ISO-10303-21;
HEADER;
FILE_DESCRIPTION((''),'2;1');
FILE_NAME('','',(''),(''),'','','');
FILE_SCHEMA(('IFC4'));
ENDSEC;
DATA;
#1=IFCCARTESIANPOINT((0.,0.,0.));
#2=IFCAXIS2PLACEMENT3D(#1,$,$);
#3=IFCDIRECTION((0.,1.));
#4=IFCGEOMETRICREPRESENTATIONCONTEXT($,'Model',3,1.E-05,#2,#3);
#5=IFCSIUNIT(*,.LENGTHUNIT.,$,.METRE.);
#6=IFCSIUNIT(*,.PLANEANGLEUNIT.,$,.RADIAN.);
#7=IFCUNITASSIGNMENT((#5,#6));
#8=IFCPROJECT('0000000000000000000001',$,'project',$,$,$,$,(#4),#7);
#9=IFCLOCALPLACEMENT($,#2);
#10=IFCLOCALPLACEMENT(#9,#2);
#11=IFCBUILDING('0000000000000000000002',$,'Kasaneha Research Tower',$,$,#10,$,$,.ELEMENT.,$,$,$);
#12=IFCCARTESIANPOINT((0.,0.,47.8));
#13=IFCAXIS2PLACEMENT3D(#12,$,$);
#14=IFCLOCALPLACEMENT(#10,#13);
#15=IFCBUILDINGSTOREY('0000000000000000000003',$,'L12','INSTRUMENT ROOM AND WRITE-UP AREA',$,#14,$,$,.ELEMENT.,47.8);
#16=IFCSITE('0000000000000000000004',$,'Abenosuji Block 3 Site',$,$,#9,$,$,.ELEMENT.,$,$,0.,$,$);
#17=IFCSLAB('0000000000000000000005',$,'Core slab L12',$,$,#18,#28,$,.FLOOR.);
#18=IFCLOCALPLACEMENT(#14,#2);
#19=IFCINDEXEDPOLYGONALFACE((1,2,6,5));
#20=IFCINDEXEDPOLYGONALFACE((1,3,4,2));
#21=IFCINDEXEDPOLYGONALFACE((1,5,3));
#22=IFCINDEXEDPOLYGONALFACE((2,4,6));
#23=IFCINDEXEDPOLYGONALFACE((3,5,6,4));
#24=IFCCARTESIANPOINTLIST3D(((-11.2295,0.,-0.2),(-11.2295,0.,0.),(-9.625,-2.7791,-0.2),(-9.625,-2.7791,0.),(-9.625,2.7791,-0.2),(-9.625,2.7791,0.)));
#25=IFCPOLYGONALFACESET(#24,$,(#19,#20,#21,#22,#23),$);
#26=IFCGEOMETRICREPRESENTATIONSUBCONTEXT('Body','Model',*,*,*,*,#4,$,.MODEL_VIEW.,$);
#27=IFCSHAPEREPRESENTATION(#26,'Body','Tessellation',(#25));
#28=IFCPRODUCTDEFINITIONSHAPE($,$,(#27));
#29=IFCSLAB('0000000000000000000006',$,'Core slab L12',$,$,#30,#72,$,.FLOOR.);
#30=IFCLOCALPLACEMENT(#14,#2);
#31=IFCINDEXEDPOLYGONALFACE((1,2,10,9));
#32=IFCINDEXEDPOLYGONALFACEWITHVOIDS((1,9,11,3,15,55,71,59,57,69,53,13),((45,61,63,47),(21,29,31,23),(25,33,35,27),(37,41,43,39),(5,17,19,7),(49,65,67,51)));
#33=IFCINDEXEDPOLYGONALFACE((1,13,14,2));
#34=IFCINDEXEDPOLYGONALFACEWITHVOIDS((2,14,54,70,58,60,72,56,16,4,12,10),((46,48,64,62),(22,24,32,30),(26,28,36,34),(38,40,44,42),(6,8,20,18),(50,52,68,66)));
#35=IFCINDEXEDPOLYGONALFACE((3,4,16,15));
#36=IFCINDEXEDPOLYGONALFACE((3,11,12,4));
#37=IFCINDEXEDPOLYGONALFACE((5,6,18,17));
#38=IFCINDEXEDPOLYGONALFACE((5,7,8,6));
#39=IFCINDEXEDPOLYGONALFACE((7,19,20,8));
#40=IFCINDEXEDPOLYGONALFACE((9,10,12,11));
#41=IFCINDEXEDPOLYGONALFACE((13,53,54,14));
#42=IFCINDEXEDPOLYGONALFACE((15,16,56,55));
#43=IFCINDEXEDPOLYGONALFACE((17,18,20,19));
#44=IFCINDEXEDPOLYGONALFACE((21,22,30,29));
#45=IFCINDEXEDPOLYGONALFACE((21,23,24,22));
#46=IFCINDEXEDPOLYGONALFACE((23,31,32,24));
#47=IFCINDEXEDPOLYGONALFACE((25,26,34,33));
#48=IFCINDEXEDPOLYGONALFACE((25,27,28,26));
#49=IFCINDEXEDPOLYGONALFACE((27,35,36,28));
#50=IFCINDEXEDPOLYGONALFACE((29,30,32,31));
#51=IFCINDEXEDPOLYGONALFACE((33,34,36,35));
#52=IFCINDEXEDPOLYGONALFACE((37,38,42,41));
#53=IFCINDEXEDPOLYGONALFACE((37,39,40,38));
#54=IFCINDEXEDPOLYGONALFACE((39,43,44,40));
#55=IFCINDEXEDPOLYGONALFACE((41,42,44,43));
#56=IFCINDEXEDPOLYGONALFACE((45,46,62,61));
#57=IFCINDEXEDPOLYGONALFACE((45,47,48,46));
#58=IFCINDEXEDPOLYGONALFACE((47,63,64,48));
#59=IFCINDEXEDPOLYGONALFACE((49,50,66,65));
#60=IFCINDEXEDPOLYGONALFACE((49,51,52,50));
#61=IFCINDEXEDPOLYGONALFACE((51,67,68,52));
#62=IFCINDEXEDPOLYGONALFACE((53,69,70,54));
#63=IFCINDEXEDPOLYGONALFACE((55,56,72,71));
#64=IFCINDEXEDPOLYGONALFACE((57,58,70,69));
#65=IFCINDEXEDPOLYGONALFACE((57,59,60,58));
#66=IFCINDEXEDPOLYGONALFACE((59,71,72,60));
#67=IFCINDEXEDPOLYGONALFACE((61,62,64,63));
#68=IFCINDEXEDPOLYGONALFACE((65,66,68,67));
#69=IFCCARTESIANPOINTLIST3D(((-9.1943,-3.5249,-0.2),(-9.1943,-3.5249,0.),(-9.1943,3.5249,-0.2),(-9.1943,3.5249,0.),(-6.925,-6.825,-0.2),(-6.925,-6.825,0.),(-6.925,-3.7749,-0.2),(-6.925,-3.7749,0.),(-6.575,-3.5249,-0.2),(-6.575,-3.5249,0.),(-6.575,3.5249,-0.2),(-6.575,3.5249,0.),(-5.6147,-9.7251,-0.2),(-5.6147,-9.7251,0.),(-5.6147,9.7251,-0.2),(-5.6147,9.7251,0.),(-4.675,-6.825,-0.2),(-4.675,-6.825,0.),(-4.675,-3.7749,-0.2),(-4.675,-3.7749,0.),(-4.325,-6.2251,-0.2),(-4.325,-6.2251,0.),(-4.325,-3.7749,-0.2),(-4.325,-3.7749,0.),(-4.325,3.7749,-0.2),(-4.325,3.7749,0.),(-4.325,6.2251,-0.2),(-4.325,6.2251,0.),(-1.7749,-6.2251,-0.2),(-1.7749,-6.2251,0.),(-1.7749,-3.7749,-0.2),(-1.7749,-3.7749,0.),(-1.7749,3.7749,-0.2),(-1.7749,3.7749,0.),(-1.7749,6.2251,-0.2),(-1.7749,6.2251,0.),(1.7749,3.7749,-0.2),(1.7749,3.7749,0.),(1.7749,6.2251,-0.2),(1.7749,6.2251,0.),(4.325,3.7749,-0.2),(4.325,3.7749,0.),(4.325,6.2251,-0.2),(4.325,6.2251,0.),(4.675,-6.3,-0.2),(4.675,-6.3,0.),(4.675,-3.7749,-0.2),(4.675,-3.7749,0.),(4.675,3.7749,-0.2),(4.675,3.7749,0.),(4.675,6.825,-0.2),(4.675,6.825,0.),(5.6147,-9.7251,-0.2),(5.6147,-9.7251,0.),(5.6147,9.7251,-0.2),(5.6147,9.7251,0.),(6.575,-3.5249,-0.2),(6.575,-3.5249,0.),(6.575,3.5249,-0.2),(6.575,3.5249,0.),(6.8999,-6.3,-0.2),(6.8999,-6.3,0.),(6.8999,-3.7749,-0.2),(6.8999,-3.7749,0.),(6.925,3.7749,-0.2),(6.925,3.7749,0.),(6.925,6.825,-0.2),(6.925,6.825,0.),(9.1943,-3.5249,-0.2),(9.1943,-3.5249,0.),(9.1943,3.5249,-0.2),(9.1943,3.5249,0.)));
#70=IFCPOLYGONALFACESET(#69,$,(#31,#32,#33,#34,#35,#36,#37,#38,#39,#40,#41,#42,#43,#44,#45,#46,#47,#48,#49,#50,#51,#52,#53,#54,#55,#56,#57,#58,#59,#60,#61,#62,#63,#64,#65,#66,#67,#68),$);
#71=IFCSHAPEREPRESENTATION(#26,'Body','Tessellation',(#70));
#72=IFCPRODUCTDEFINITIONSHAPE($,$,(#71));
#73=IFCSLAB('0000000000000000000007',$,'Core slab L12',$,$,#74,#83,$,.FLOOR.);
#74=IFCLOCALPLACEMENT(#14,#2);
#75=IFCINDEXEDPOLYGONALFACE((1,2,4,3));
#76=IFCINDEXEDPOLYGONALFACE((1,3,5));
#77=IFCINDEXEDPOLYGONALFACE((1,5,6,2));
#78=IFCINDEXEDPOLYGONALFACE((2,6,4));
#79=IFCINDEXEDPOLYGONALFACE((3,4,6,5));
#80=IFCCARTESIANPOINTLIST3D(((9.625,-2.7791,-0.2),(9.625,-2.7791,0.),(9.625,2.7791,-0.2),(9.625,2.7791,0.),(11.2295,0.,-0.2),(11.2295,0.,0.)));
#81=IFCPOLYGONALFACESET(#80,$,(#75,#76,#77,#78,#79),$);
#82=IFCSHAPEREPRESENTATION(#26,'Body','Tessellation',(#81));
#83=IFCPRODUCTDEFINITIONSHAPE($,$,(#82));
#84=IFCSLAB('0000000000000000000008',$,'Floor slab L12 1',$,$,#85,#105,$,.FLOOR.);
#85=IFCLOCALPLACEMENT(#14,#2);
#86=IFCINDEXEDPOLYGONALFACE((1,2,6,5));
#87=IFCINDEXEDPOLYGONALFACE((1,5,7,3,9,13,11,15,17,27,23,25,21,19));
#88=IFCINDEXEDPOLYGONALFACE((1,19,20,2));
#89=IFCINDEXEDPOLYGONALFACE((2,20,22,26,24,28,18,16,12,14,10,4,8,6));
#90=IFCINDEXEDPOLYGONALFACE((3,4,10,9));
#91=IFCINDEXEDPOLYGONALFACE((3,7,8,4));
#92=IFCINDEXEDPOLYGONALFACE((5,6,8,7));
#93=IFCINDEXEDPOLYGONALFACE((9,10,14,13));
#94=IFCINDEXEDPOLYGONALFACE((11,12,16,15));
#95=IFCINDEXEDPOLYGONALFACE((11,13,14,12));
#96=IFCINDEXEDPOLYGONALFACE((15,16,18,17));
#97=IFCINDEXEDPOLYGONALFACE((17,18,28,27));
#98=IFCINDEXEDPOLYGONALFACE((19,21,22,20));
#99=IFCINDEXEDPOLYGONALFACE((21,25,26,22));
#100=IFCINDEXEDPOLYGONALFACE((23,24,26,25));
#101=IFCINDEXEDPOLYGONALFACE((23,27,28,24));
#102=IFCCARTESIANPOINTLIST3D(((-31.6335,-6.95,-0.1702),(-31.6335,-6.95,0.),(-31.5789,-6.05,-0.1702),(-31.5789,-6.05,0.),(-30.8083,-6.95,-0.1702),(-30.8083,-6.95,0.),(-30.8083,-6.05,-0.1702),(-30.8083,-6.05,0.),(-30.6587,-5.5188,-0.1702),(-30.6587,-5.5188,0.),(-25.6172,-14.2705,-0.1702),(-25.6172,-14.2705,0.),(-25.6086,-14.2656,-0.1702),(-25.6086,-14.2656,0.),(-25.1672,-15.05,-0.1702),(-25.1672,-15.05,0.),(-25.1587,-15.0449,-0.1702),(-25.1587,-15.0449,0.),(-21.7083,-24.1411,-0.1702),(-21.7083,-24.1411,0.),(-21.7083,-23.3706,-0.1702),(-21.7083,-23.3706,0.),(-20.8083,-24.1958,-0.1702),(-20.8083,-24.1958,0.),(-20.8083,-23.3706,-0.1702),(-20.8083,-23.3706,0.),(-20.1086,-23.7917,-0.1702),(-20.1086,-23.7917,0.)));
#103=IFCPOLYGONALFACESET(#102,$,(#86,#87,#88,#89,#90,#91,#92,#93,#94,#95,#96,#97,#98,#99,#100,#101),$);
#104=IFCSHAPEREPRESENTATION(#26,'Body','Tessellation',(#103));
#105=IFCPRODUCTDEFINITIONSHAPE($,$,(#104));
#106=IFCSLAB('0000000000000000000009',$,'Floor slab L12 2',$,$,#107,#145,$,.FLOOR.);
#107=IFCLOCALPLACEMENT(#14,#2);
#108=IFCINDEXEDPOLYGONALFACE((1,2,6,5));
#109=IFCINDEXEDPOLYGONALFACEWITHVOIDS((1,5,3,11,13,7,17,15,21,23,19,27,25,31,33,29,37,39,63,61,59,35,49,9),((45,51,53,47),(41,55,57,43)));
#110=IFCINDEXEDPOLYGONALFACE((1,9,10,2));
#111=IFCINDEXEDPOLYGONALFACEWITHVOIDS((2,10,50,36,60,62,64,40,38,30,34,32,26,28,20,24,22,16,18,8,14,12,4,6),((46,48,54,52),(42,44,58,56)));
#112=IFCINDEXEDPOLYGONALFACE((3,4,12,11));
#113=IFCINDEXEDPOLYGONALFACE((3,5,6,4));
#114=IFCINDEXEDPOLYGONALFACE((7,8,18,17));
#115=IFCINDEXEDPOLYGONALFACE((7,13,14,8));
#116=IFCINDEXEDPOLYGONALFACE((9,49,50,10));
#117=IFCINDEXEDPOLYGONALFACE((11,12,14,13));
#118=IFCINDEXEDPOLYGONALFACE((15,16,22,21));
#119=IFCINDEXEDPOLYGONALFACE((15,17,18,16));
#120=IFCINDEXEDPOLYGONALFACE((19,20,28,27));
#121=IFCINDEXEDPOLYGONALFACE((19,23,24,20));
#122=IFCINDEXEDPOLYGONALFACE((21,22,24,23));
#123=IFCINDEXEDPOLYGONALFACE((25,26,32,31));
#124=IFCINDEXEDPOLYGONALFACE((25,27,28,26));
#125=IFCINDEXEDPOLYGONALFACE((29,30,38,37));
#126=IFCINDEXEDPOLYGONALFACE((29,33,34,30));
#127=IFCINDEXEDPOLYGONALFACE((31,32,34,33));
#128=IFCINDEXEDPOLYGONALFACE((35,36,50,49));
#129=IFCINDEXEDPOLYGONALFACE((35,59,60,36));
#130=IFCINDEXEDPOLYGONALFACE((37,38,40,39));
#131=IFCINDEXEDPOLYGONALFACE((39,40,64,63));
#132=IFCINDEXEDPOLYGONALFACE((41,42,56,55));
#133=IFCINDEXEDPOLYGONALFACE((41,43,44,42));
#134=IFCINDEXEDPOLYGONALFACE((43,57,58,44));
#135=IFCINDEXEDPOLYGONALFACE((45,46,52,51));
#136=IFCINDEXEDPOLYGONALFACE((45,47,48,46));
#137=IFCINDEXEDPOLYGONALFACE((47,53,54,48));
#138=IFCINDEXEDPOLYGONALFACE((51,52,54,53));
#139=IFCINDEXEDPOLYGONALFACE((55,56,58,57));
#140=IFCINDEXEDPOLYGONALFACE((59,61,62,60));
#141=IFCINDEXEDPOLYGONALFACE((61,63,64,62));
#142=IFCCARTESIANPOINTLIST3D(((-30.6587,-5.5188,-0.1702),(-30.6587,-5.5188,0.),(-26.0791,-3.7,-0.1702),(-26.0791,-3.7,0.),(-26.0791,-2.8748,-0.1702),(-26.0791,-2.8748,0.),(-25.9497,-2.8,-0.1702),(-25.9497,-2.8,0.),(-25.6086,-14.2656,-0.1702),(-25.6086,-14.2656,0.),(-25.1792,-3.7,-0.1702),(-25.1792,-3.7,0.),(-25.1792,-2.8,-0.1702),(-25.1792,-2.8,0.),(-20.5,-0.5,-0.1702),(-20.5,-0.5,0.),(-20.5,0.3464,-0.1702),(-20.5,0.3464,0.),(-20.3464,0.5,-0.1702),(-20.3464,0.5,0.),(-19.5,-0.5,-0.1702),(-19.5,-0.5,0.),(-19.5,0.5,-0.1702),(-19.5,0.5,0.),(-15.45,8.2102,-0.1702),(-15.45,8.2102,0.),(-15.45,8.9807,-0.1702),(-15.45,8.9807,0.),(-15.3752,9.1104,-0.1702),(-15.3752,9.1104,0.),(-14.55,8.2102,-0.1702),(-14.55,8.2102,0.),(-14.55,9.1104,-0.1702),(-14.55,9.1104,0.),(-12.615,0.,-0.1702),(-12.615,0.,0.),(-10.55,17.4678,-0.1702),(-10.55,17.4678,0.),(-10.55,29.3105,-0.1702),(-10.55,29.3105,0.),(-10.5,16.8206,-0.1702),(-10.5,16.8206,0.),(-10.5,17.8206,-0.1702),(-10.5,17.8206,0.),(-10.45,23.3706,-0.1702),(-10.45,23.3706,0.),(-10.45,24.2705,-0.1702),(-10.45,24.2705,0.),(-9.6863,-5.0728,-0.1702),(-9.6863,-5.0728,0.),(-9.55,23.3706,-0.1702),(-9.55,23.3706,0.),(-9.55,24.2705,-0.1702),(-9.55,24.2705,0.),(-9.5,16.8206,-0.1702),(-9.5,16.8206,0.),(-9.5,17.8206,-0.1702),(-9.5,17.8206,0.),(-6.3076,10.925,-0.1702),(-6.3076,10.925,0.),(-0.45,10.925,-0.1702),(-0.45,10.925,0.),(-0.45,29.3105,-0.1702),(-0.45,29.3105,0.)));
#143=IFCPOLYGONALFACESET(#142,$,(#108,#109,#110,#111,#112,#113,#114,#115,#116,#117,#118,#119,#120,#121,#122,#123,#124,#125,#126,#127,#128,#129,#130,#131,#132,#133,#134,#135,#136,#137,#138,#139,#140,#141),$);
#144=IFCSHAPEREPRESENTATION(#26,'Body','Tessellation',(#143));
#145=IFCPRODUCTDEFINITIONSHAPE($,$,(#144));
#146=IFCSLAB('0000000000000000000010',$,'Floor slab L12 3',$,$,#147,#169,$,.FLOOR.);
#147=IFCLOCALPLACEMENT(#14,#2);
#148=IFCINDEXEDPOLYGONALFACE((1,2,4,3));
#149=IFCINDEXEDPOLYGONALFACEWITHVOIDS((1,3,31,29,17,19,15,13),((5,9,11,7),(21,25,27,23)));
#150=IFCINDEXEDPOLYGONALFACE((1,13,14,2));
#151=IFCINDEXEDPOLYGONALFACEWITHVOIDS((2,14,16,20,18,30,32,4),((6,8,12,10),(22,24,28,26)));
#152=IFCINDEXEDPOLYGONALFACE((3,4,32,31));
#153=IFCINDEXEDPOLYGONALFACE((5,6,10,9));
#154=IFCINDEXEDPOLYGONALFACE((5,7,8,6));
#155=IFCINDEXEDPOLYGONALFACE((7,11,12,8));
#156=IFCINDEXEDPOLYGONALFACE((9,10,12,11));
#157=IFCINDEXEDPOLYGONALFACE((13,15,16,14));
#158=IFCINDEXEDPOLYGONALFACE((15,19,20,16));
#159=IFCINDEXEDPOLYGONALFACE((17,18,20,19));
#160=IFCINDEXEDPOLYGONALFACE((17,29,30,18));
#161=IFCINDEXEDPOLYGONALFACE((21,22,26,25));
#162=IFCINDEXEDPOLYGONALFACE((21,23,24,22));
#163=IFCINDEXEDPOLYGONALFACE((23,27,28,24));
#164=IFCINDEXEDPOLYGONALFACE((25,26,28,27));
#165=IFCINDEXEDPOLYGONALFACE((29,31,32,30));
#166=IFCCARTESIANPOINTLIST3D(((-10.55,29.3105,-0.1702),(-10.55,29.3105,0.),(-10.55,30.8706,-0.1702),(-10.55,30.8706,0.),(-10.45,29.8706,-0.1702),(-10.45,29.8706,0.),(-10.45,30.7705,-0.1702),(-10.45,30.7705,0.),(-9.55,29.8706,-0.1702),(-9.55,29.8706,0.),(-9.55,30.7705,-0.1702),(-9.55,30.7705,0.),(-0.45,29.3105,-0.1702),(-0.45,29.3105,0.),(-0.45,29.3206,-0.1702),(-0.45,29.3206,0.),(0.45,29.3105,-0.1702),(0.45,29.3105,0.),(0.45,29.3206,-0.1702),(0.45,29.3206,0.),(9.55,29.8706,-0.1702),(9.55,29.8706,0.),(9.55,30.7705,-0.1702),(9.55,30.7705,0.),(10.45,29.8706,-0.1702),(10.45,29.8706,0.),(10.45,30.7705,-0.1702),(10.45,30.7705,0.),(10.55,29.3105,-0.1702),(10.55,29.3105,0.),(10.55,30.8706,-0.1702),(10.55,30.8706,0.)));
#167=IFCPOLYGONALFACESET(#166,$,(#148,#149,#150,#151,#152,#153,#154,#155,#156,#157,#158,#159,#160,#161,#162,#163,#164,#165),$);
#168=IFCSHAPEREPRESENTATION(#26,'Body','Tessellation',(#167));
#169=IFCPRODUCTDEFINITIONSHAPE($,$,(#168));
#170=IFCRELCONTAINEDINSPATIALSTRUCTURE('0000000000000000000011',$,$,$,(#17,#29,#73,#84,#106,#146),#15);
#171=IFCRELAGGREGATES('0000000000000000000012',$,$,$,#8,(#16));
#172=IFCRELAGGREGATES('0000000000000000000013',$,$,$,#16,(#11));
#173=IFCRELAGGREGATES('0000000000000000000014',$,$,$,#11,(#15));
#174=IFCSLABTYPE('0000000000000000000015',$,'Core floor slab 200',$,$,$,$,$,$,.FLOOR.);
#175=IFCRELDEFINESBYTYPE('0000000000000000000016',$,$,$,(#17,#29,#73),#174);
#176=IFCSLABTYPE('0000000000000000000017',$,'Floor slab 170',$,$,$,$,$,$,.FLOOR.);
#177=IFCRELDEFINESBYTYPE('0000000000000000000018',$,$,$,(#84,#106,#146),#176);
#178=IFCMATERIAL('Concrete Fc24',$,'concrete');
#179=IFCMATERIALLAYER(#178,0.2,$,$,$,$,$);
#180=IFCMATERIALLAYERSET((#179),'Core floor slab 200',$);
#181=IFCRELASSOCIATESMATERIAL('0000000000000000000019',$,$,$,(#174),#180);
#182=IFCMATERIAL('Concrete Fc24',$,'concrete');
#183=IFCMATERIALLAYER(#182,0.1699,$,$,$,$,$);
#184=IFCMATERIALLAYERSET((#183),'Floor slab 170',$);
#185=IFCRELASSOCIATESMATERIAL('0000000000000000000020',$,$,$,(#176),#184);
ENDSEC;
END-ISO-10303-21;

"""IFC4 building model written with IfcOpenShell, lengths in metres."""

from ifc_helpers import new_model, si_unit, direction, frame, origin, place, context, subcontext, project, spatial, polyline, outline, extrude, material, layer, layer_set, type_object, element, save


model = new_model("IFC4")

# Units and contexts
model_context = context("Model", 3, precision=1e-05, world=origin(), true_north=direction((0.0, 1.0)))
body_context = subcontext(model_context, "Body", "Model", "MODEL_VIEW")
ifc_project = project(units=[si_unit("LENGTHUNIT", "METRE"), si_unit("PLANEANGLEUNIT", "RADIAN")], contexts=[model_context])

# Site, building, storey
site_placement = place(None, origin())
site = spatial("IfcSite", under=ifc_project, at=site_placement, Name="Abenosuji Block 3 Site", CompositionType="ELEMENT", RefElevation=0.0)
building_placement = place(site_placement, origin())
building = spatial("IfcBuilding", under=site, at=building_placement, Name="Kasaneha Research Tower", CompositionType="ELEMENT")
storey_placement = place(building_placement, frame((0.0, 0.0, 47.8)))
storey = spatial("IfcBuildingStorey", under=building, at=storey_placement, Name="L12", Description="INSTRUMENT ROOM AND WRITE-UP AREA", CompositionType="ELEMENT", Elevation=47.8)

# Slabs
ifc_material_1 = material(Name="Concrete Fc24", Category="concrete")
ifc_layer_1 = layer(ifc_material_1, 0.2)
ifc_layer_set_1 = layer_set([ifc_layer_1], Name="Core floor slab 200")
slab_type_1 = type_object("IfcSlabType", Name="Core floor slab 200", PredefinedType="FLOOR", material=ifc_layer_set_1)
slab_1_placement = place(storey_placement, frame((0.0, 0.0, -0.2)))
element("IfcSlab", 1, at=slab_1_placement, inside=storey, type_object=slab_type_1, Name="Core slab L12", PredefinedType="FLOOR", context=body_context, shape_type="SweptSolid", body=[
    extrude(outline(polyline([(-11.2295, 0.0), (-9.625, 2.7791), (-9.625, -2.7791), (-11.2295, 0.0)])), origin(), (0.0, 0.0, 1.0), 0.2),
])
slab_2_placement = place(storey_placement, frame((0.0, 0.0, -0.2)))
element("IfcSlab", 2, at=slab_2_placement, inside=storey, type_object=slab_type_1, Name="Core slab L12", PredefinedType="FLOOR", context=body_context, shape_type="SweptSolid", body=[
    extrude(outline(polyline([(-5.6147, 9.7251), (5.6147, 9.7251), (9.1943, 3.5249), (6.575, 3.5249), (6.575, -3.5249), (9.1943, -3.5249), (5.6147, -9.7251), (-5.6147, -9.7251), (-9.1943, -3.5249), (-6.575, -3.5249), (-6.575, 3.5249), (-9.1943, 3.5249), (-5.6147, 9.7251)]), holes=[polyline([(-6.925, -3.7749), (-6.925, -6.825), (-4.675, -6.825), (-4.675, -3.7749), (-6.925, -3.7749)]), polyline([(4.675, -3.7749), (4.675, -6.3), (6.8999, -6.3), (6.8999, -3.7749), (4.675, -3.7749)]), polyline([(-4.325, -3.7749), (-4.325, -6.2251), (-1.7749, -6.2251), (-1.7749, -3.7749), (-4.325, -3.7749)]), polyline([(-4.325, 6.2251), (-4.325, 3.7749), (-1.7749, 3.7749), (-1.7749, 6.2251), (-4.325, 6.2251)]), polyline([(1.7749, 6.2251), (1.7749, 3.7749), (4.325, 3.7749), (4.325, 6.2251), (1.7749, 6.2251)]), polyline([(4.675, 6.825), (4.675, 3.7749), (6.925, 3.7749), (6.925, 6.825), (4.675, 6.825)])]), origin(), (0.0, 0.0, 1.0), 0.2),
])
slab_3_placement = place(storey_placement, frame((0.0, 0.0, -0.2)))
element("IfcSlab", 3, at=slab_3_placement, inside=storey, type_object=slab_type_1, Name="Core slab L12", PredefinedType="FLOOR", context=body_context, shape_type="SweptSolid", body=[
    extrude(outline(polyline([(11.2295, 0.0), (9.625, -2.7791), (9.625, 2.7791), (11.2295, 0.0)])), origin(), (0.0, 0.0, 1.0), 0.2),
])
ifc_material_2 = material(Name="Concrete Fc24", Category="concrete")
ifc_layer_2 = layer(ifc_material_2, 0.1699)
ifc_layer_set_2 = layer_set([ifc_layer_2], Name="Floor slab 170")
slab_type_2 = type_object("IfcSlabType", Name="Floor slab 170", PredefinedType="FLOOR", material=ifc_layer_set_2)
slab_4_placement = place(storey_placement, frame((0.0, 0.0, -0.1702)))
element("IfcSlab", 4, at=slab_4_placement, inside=storey, type_object=slab_type_2, Name="Floor slab L12 1", PredefinedType="FLOOR", context=body_context, shape_type="SweptSolid", body=[
    extrude(outline(polyline([(-25.1672, -15.05), (-25.1587, -15.0449), (-20.1086, -23.7917), (-20.8083, -24.1958), (-20.8083, -23.3706), (-21.7083, -23.3706), (-21.7083, -24.1411), (-31.6335, -6.95), (-30.8083, -6.95), (-30.8083, -6.05), (-31.5789, -6.05), (-30.6587, -5.5188), (-25.6086, -14.2656), (-25.6172, -14.2705), (-25.1672, -15.05)])), origin(), (0.0, 0.0, 1.0), 0.1702),
])
slab_5_placement = place(storey_placement, frame((0.0, 0.0, -0.1702)))
element("IfcSlab", 5, at=slab_5_placement, inside=storey, type_object=slab_type_2, Name="Floor slab L12 2", PredefinedType="FLOOR", context=body_context, shape_type="SweptSolid", body=[
    extrude(outline(polyline([(-25.1792, -2.8), (-25.9497, -2.8), (-20.5, 0.3464), (-20.5, -0.5), (-19.5, -0.5), (-19.5, 0.5), (-20.3464, 0.5), (-15.45, 8.9807), (-15.45, 8.2102), (-14.55, 8.2102), (-14.55, 9.1104), (-15.3752, 9.1104), (-10.55, 17.4678), (-10.55, 29.3105), (-0.45, 29.3105), (-0.45, 10.925), (-6.3076, 10.925), (-12.615, 0.0), (-9.6863, -5.0728), (-25.6086, -14.2656), (-30.6587, -5.5188), (-26.0791, -2.8748), (-26.0791, -3.7), (-25.1792, -3.7), (-25.1792, -2.8)]), holes=[polyline([(-9.5, 16.8206), (-9.5, 17.8206), (-10.5, 17.8206), (-10.5, 16.8206), (-9.5, 16.8206)]), polyline([(-10.45, 23.3706), (-9.55, 23.3706), (-9.55, 24.2705), (-10.45, 24.2705), (-10.45, 23.3706)])]), origin(), (0.0, 0.0, 1.0), 0.1702),
])
slab_6_placement = place(storey_placement, frame((0.0, 0.0, -0.1702)))
element("IfcSlab", 6, at=slab_6_placement, inside=storey, type_object=slab_type_2, Name="Floor slab L12 3", PredefinedType="FLOOR", context=body_context, shape_type="SweptSolid", body=[
    extrude(outline(polyline([(10.55, 29.3105), (0.45, 29.3105), (0.45, 29.3206), (-0.45, 29.3206), (-0.45, 29.3105), (-10.55, 29.3105), (-10.55, 30.8706), (10.55, 30.8706), (10.55, 29.3105)]), holes=[polyline([(-9.55, 29.8706), (-9.55, 30.7705), (-10.45, 30.7705), (-10.45, 29.8706), (-9.55, 29.8706)]), polyline([(9.55, 29.8706), (10.45, 29.8706), (10.45, 30.7705), (9.55, 30.7705), (9.55, 29.8706)])]), origin(), (0.0, 0.0, 1.0), 0.1702),
])

save(model, "model.ifc")
